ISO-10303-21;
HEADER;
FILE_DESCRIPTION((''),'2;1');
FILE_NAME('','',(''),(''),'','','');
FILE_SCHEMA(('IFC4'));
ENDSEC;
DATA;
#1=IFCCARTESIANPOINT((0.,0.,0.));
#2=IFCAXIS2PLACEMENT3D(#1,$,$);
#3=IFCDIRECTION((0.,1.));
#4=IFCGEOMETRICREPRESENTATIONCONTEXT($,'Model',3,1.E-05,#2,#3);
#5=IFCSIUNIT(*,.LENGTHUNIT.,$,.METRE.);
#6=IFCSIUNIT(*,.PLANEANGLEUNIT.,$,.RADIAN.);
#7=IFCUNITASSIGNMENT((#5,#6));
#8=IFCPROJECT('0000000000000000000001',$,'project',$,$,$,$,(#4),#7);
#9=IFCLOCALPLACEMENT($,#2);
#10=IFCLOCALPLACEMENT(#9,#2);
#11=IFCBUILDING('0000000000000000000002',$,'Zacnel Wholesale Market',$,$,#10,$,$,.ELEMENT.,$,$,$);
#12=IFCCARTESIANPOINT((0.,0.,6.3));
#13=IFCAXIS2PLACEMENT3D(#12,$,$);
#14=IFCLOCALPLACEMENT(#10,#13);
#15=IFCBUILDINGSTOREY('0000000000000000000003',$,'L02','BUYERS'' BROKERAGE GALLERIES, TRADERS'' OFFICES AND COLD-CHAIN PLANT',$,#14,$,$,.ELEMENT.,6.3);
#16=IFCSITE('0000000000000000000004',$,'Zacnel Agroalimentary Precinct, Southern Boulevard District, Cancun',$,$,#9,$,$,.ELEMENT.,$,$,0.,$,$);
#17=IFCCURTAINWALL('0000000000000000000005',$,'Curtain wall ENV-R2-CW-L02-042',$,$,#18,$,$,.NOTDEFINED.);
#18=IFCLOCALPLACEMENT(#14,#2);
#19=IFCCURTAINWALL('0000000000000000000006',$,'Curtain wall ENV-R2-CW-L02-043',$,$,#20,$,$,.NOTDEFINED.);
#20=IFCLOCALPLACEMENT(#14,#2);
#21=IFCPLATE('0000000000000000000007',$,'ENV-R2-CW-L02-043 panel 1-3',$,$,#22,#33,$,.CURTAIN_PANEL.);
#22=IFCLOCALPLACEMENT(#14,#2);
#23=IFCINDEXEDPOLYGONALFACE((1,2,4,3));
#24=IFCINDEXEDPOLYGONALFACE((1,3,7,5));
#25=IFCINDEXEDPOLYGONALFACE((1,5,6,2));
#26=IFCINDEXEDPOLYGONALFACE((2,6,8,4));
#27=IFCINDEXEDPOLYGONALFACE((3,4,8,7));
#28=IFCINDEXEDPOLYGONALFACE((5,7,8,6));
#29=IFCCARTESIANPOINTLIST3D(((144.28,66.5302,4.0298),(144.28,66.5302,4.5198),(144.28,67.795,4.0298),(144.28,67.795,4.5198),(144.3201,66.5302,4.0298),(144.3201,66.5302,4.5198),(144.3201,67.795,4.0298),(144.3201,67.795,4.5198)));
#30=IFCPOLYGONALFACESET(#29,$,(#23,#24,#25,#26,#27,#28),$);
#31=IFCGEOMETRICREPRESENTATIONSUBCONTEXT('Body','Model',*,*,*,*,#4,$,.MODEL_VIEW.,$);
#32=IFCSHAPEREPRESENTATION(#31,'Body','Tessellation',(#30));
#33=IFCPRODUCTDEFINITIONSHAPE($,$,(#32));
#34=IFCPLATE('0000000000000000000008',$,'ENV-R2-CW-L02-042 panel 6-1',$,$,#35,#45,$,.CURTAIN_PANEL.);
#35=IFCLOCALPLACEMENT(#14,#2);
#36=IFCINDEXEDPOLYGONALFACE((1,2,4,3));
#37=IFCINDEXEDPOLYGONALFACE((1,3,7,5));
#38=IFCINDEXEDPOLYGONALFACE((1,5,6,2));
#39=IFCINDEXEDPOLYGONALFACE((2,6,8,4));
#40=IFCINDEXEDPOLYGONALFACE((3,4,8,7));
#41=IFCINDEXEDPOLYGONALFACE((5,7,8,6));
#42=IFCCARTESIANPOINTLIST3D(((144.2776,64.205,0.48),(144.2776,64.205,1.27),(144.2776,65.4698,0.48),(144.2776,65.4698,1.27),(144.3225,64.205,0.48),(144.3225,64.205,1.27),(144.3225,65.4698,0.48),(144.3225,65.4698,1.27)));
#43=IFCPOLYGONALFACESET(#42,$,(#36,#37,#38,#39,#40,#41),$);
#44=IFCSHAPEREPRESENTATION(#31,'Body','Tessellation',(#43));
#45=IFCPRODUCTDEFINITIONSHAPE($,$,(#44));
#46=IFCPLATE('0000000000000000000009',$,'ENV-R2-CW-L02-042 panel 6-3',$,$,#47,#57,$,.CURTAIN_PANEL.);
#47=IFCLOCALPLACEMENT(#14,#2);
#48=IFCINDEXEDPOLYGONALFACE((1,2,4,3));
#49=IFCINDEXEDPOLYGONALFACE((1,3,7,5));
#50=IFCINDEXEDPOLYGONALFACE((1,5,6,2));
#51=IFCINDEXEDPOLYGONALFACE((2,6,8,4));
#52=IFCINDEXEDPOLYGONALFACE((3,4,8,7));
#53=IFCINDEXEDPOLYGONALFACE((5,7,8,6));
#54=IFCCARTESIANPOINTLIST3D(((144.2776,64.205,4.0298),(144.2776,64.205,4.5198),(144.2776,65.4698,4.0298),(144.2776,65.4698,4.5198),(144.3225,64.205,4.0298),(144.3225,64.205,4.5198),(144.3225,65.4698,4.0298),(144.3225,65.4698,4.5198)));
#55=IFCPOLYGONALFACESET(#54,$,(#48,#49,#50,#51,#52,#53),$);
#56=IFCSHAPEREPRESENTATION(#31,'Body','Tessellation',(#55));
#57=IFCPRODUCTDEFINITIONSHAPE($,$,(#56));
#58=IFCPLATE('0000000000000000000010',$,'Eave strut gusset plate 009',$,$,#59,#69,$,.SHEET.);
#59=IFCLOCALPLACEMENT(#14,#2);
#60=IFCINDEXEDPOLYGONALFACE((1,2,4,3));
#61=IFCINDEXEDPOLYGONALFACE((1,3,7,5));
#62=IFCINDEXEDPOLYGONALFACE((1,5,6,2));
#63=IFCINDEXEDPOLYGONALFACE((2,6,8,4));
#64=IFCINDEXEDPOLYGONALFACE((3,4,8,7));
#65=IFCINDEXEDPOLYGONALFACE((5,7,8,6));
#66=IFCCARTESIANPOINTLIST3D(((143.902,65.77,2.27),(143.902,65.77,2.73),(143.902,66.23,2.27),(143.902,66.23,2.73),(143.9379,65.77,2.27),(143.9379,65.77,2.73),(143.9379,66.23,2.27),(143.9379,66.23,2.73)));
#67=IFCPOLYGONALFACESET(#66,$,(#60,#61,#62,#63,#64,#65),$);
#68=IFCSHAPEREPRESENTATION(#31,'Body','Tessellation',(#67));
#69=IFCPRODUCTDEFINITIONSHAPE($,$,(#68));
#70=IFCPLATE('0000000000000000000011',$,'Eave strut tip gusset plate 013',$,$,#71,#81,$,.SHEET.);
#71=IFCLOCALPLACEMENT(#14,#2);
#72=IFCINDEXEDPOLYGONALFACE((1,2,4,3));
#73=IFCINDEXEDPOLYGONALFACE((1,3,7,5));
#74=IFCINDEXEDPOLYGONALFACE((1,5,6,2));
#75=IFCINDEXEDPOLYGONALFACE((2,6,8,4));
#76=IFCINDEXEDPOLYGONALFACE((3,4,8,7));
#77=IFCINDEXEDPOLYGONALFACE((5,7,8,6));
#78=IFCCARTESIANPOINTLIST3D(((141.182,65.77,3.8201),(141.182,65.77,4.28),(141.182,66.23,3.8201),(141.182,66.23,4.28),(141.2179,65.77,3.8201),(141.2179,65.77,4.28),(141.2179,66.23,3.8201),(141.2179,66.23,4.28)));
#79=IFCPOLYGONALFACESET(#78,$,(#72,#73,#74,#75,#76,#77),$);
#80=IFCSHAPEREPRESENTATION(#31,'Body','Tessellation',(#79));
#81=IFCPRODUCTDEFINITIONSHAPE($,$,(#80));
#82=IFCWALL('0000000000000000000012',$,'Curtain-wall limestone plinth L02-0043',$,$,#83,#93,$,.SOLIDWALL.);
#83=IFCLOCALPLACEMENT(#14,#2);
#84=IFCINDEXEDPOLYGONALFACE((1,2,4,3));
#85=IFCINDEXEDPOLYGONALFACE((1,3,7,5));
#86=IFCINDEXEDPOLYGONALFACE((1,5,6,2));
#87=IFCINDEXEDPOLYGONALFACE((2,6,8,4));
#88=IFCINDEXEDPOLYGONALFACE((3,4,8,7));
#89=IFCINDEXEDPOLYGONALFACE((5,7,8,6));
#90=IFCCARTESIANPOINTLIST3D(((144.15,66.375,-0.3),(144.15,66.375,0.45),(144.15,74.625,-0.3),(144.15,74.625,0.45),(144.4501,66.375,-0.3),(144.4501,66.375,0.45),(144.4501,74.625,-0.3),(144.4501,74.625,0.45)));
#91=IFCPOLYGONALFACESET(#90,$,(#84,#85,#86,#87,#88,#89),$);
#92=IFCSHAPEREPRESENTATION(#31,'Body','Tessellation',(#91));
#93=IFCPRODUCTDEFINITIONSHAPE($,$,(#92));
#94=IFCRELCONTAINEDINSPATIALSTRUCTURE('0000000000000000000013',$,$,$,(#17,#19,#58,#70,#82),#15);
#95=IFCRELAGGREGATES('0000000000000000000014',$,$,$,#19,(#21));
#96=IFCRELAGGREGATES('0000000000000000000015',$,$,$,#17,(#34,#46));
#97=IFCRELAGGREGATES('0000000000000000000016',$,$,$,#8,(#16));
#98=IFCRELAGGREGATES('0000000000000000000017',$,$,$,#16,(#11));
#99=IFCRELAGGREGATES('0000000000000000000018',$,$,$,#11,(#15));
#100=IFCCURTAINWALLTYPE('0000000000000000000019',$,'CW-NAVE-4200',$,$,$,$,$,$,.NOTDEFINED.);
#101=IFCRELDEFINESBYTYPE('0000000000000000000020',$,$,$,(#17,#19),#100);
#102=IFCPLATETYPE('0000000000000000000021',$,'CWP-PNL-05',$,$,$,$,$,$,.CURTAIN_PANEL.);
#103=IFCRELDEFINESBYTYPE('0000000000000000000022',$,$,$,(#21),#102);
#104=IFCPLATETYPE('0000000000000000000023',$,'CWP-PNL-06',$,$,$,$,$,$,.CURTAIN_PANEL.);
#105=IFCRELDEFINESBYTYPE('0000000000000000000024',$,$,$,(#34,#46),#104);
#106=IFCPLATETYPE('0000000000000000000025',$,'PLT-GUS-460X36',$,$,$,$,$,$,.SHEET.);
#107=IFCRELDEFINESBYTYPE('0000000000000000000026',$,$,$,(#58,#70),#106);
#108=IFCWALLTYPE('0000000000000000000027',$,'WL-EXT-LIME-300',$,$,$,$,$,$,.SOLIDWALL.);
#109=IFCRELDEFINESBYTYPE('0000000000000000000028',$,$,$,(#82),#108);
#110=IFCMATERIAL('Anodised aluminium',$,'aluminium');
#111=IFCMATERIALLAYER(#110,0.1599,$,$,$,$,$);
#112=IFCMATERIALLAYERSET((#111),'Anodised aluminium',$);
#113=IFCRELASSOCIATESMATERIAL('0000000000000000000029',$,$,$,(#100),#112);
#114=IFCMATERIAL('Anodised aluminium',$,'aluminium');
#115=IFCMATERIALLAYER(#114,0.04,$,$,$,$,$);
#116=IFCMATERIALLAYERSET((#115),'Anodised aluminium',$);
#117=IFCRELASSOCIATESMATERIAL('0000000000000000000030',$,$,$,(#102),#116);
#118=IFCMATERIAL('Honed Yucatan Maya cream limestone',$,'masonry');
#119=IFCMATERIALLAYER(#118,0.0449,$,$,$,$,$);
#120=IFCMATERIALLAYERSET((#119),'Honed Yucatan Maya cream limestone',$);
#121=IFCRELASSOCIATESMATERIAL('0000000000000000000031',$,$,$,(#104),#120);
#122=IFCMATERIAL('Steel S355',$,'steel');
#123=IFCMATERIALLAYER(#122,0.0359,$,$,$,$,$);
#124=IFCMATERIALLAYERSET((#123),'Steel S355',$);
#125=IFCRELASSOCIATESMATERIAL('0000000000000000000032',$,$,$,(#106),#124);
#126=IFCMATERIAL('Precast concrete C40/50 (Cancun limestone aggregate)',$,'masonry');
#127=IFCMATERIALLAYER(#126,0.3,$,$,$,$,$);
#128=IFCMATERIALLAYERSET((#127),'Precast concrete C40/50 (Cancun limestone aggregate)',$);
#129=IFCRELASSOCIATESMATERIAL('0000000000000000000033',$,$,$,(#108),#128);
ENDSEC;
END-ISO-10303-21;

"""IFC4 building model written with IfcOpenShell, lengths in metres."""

from ifc_helpers import new_model, si_unit, direction, frame, frame_2d, origin, origin_2d, place, context, subcontext, project, spatial, rectangle, extrude, material, layer, layer_set, type_object, element, aggregate, save


model = new_model("IFC4")

# Units and contexts
model_context = context("Model", 3, precision=1e-05, world=origin(), true_north=direction((0.0, 1.0)))
body_context = subcontext(model_context, "Body", "Model", "MODEL_VIEW")
ifc_project = project(units=[si_unit("LENGTHUNIT", "METRE"), si_unit("PLANEANGLEUNIT", "RADIAN")], contexts=[model_context])

# Site, building, storey
site_placement = place(None, origin())
site = spatial("IfcSite", under=ifc_project, at=site_placement, Name="Zacnel Agroalimentary Precinct, Southern Boulevard District, Cancun", CompositionType="ELEMENT", RefElevation=0.0)
building_placement = place(site_placement, origin())
building = spatial("IfcBuilding", under=site, at=building_placement, Name="Zacnel Wholesale Market", CompositionType="ELEMENT")
storey_placement = place(building_placement, frame((0.0, 0.0, 6.3)))
storey = spatial("IfcBuildingStorey", under=building, at=storey_placement, Name="L02", Description="BUYERS' BROKERAGE GALLERIES, TRADERS' OFFICES AND COLD-CHAIN PLANT", CompositionType="ELEMENT", Elevation=6.3)

# Curtain walls
ifc_material_1 = material(Name="Anodised aluminium", Category="aluminium")
ifc_layer_1 = layer(ifc_material_1, 0.1599)
ifc_layer_set_1 = layer_set([ifc_layer_1], Name="Anodised aluminium")
curtain_wall_type = type_object("IfcCurtainWallType", Name="CW-NAVE-4200", PredefinedType="NOTDEFINED", material=ifc_layer_set_1)
curtain_wall_1_placement = place(storey_placement, origin())
curtain_wall_1 = element("IfcCurtainWall", 1, at=curtain_wall_1_placement, inside=storey, type_object=curtain_wall_type, Name="Curtain wall ENV-R2-CW-L02-042", PredefinedType="NOTDEFINED")
curtain_wall_2_placement = place(storey_placement, origin())
curtain_wall_2 = element("IfcCurtainWall", 2, at=curtain_wall_2_placement, inside=storey, type_object=curtain_wall_type, Name="Curtain wall ENV-R2-CW-L02-043", PredefinedType="NOTDEFINED")

# Plates
ifc_material_2 = material(Name="Anodised aluminium", Category="aluminium")
ifc_layer_2 = layer(ifc_material_2, 0.04)
ifc_layer_set_2 = layer_set([ifc_layer_2], Name="Anodised aluminium")
plate_type_1 = type_object("IfcPlateType", Name="CWP-PNL-05", PredefinedType="CURTAIN_PANEL", material=ifc_layer_set_2)
plate_1_placement = place(storey_placement, frame((144.3, 67.1626, 4.0298), z_axis=(0.0, 0.0, 1.0), x_axis=(0.0, 1.0, 0.0)))
plate_1 = element("IfcPlate", 3, at=plate_1_placement, type_object=plate_type_1, Name="ENV-R2-CW-L02-043 panel 1-3", PredefinedType="CURTAIN_PANEL", context=body_context, shape_type="SweptSolid", body=[
    extrude(rectangle(XDim=1.2649, YDim=0.04, at=origin_2d()), origin(), (0.0, 0.0, 1.0), 0.49),
])
aggregate(curtain_wall_2, [plate_1])
ifc_material_3 = material(Name="Honed Yucatan Maya cream limestone", Category="masonry")
ifc_layer_3 = layer(ifc_material_3, 0.0449)
ifc_layer_set_3 = layer_set([ifc_layer_3], Name="Honed Yucatan Maya cream limestone")
plate_type_2 = type_object("IfcPlateType", Name="CWP-PNL-06", PredefinedType="CURTAIN_PANEL", material=ifc_layer_set_3)
plate_2_placement = place(storey_placement, frame((144.3, 64.8374, 0.48), z_axis=(0.0, 0.0, 1.0), x_axis=(0.0, 1.0, 0.0)))
plate_2 = element("IfcPlate", 4, at=plate_2_placement, type_object=plate_type_2, Name="ENV-R2-CW-L02-042 panel 6-1", PredefinedType="CURTAIN_PANEL", context=body_context, shape_type="SweptSolid", body=[
    extrude(rectangle(XDim=1.2649, YDim=0.0449, at=origin_2d()), origin(), (0.0, 0.0, 1.0), 0.79),
])
plate_3_placement = place(storey_placement, frame((144.3, 64.8374, 4.0298), z_axis=(0.0, 0.0, 1.0), x_axis=(0.0, 1.0, 0.0)))
plate_3 = element("IfcPlate", 5, at=plate_3_placement, type_object=plate_type_2, Name="ENV-R2-CW-L02-042 panel 6-3", PredefinedType="CURTAIN_PANEL", context=body_context, shape_type="SweptSolid", body=[
    extrude(rectangle(XDim=1.2649, YDim=0.0449, at=origin_2d()), origin(), (0.0, 0.0, 1.0), 0.49),
])
aggregate(curtain_wall_1, [plate_2, plate_3])

# Plates
ifc_material_4 = material(Name="Steel S355", Category="steel")
ifc_layer_4 = layer(ifc_material_4, 0.0359)
ifc_layer_set_4 = layer_set([ifc_layer_4], Name="Steel S355")
plate_type_3 = type_object("IfcPlateType", Name="PLT-GUS-460X36", PredefinedType="SHEET", material=ifc_layer_set_4)
for number, where, z_axis, x_axis, name in (
    (6, (143.9199, 66.0, 2.27), (0.0, 0.0, 1.0), (0.0, 1.0, 0.0), "Eave strut gusset plate 009"),
    (7, (141.2, 66.0, 3.8201), (0.0, 0.0, 1.0), (0.0, 1.0, 0.0), "Eave strut tip gusset plate 013"),
):
    element("IfcPlate", number, at=place(storey_placement, frame(where, z_axis=z_axis, x_axis=x_axis)), inside=storey, type_object=plate_type_3, Name=name, PredefinedType="SHEET", context=body_context, shape_type="SweptSolid", body=[
        extrude(rectangle(XDim=0.46, YDim=0.0359, at=origin_2d()), origin(), (0.0, 0.0, 1.0), 0.46),
    ])

# Wall
ifc_material_5 = material(Name="Precast concrete C40/50 (Cancun limestone aggregate)", Category="masonry")
ifc_layer_5 = layer(ifc_material_5, 0.3)
ifc_layer_set_5 = layer_set([ifc_layer_5], Name="Precast concrete C40/50 (Cancun limestone aggregate)")
wall_type = type_object("IfcWallType", Name="WL-EXT-LIME-300", PredefinedType="SOLIDWALL", material=ifc_layer_set_5)
wall_placement = place(storey_placement, frame((144.3, 66.375, -0.3), z_axis=(0.0, 0.0, 1.0), x_axis=(0.0, 1.0, 0.0)))
element("IfcWall", 8, at=wall_placement, inside=storey, type_object=wall_type, Name="Curtain-wall limestone plinth L02-0043", PredefinedType="SOLIDWALL", context=body_context, shape_type="SweptSolid", body=[
    extrude(rectangle(XDim=8.25, YDim=0.3, at=frame_2d((4.125, 0.0))), origin(), (0.0, 0.0, 1.0), 0.75),
])

save(model, "model.ifc")
